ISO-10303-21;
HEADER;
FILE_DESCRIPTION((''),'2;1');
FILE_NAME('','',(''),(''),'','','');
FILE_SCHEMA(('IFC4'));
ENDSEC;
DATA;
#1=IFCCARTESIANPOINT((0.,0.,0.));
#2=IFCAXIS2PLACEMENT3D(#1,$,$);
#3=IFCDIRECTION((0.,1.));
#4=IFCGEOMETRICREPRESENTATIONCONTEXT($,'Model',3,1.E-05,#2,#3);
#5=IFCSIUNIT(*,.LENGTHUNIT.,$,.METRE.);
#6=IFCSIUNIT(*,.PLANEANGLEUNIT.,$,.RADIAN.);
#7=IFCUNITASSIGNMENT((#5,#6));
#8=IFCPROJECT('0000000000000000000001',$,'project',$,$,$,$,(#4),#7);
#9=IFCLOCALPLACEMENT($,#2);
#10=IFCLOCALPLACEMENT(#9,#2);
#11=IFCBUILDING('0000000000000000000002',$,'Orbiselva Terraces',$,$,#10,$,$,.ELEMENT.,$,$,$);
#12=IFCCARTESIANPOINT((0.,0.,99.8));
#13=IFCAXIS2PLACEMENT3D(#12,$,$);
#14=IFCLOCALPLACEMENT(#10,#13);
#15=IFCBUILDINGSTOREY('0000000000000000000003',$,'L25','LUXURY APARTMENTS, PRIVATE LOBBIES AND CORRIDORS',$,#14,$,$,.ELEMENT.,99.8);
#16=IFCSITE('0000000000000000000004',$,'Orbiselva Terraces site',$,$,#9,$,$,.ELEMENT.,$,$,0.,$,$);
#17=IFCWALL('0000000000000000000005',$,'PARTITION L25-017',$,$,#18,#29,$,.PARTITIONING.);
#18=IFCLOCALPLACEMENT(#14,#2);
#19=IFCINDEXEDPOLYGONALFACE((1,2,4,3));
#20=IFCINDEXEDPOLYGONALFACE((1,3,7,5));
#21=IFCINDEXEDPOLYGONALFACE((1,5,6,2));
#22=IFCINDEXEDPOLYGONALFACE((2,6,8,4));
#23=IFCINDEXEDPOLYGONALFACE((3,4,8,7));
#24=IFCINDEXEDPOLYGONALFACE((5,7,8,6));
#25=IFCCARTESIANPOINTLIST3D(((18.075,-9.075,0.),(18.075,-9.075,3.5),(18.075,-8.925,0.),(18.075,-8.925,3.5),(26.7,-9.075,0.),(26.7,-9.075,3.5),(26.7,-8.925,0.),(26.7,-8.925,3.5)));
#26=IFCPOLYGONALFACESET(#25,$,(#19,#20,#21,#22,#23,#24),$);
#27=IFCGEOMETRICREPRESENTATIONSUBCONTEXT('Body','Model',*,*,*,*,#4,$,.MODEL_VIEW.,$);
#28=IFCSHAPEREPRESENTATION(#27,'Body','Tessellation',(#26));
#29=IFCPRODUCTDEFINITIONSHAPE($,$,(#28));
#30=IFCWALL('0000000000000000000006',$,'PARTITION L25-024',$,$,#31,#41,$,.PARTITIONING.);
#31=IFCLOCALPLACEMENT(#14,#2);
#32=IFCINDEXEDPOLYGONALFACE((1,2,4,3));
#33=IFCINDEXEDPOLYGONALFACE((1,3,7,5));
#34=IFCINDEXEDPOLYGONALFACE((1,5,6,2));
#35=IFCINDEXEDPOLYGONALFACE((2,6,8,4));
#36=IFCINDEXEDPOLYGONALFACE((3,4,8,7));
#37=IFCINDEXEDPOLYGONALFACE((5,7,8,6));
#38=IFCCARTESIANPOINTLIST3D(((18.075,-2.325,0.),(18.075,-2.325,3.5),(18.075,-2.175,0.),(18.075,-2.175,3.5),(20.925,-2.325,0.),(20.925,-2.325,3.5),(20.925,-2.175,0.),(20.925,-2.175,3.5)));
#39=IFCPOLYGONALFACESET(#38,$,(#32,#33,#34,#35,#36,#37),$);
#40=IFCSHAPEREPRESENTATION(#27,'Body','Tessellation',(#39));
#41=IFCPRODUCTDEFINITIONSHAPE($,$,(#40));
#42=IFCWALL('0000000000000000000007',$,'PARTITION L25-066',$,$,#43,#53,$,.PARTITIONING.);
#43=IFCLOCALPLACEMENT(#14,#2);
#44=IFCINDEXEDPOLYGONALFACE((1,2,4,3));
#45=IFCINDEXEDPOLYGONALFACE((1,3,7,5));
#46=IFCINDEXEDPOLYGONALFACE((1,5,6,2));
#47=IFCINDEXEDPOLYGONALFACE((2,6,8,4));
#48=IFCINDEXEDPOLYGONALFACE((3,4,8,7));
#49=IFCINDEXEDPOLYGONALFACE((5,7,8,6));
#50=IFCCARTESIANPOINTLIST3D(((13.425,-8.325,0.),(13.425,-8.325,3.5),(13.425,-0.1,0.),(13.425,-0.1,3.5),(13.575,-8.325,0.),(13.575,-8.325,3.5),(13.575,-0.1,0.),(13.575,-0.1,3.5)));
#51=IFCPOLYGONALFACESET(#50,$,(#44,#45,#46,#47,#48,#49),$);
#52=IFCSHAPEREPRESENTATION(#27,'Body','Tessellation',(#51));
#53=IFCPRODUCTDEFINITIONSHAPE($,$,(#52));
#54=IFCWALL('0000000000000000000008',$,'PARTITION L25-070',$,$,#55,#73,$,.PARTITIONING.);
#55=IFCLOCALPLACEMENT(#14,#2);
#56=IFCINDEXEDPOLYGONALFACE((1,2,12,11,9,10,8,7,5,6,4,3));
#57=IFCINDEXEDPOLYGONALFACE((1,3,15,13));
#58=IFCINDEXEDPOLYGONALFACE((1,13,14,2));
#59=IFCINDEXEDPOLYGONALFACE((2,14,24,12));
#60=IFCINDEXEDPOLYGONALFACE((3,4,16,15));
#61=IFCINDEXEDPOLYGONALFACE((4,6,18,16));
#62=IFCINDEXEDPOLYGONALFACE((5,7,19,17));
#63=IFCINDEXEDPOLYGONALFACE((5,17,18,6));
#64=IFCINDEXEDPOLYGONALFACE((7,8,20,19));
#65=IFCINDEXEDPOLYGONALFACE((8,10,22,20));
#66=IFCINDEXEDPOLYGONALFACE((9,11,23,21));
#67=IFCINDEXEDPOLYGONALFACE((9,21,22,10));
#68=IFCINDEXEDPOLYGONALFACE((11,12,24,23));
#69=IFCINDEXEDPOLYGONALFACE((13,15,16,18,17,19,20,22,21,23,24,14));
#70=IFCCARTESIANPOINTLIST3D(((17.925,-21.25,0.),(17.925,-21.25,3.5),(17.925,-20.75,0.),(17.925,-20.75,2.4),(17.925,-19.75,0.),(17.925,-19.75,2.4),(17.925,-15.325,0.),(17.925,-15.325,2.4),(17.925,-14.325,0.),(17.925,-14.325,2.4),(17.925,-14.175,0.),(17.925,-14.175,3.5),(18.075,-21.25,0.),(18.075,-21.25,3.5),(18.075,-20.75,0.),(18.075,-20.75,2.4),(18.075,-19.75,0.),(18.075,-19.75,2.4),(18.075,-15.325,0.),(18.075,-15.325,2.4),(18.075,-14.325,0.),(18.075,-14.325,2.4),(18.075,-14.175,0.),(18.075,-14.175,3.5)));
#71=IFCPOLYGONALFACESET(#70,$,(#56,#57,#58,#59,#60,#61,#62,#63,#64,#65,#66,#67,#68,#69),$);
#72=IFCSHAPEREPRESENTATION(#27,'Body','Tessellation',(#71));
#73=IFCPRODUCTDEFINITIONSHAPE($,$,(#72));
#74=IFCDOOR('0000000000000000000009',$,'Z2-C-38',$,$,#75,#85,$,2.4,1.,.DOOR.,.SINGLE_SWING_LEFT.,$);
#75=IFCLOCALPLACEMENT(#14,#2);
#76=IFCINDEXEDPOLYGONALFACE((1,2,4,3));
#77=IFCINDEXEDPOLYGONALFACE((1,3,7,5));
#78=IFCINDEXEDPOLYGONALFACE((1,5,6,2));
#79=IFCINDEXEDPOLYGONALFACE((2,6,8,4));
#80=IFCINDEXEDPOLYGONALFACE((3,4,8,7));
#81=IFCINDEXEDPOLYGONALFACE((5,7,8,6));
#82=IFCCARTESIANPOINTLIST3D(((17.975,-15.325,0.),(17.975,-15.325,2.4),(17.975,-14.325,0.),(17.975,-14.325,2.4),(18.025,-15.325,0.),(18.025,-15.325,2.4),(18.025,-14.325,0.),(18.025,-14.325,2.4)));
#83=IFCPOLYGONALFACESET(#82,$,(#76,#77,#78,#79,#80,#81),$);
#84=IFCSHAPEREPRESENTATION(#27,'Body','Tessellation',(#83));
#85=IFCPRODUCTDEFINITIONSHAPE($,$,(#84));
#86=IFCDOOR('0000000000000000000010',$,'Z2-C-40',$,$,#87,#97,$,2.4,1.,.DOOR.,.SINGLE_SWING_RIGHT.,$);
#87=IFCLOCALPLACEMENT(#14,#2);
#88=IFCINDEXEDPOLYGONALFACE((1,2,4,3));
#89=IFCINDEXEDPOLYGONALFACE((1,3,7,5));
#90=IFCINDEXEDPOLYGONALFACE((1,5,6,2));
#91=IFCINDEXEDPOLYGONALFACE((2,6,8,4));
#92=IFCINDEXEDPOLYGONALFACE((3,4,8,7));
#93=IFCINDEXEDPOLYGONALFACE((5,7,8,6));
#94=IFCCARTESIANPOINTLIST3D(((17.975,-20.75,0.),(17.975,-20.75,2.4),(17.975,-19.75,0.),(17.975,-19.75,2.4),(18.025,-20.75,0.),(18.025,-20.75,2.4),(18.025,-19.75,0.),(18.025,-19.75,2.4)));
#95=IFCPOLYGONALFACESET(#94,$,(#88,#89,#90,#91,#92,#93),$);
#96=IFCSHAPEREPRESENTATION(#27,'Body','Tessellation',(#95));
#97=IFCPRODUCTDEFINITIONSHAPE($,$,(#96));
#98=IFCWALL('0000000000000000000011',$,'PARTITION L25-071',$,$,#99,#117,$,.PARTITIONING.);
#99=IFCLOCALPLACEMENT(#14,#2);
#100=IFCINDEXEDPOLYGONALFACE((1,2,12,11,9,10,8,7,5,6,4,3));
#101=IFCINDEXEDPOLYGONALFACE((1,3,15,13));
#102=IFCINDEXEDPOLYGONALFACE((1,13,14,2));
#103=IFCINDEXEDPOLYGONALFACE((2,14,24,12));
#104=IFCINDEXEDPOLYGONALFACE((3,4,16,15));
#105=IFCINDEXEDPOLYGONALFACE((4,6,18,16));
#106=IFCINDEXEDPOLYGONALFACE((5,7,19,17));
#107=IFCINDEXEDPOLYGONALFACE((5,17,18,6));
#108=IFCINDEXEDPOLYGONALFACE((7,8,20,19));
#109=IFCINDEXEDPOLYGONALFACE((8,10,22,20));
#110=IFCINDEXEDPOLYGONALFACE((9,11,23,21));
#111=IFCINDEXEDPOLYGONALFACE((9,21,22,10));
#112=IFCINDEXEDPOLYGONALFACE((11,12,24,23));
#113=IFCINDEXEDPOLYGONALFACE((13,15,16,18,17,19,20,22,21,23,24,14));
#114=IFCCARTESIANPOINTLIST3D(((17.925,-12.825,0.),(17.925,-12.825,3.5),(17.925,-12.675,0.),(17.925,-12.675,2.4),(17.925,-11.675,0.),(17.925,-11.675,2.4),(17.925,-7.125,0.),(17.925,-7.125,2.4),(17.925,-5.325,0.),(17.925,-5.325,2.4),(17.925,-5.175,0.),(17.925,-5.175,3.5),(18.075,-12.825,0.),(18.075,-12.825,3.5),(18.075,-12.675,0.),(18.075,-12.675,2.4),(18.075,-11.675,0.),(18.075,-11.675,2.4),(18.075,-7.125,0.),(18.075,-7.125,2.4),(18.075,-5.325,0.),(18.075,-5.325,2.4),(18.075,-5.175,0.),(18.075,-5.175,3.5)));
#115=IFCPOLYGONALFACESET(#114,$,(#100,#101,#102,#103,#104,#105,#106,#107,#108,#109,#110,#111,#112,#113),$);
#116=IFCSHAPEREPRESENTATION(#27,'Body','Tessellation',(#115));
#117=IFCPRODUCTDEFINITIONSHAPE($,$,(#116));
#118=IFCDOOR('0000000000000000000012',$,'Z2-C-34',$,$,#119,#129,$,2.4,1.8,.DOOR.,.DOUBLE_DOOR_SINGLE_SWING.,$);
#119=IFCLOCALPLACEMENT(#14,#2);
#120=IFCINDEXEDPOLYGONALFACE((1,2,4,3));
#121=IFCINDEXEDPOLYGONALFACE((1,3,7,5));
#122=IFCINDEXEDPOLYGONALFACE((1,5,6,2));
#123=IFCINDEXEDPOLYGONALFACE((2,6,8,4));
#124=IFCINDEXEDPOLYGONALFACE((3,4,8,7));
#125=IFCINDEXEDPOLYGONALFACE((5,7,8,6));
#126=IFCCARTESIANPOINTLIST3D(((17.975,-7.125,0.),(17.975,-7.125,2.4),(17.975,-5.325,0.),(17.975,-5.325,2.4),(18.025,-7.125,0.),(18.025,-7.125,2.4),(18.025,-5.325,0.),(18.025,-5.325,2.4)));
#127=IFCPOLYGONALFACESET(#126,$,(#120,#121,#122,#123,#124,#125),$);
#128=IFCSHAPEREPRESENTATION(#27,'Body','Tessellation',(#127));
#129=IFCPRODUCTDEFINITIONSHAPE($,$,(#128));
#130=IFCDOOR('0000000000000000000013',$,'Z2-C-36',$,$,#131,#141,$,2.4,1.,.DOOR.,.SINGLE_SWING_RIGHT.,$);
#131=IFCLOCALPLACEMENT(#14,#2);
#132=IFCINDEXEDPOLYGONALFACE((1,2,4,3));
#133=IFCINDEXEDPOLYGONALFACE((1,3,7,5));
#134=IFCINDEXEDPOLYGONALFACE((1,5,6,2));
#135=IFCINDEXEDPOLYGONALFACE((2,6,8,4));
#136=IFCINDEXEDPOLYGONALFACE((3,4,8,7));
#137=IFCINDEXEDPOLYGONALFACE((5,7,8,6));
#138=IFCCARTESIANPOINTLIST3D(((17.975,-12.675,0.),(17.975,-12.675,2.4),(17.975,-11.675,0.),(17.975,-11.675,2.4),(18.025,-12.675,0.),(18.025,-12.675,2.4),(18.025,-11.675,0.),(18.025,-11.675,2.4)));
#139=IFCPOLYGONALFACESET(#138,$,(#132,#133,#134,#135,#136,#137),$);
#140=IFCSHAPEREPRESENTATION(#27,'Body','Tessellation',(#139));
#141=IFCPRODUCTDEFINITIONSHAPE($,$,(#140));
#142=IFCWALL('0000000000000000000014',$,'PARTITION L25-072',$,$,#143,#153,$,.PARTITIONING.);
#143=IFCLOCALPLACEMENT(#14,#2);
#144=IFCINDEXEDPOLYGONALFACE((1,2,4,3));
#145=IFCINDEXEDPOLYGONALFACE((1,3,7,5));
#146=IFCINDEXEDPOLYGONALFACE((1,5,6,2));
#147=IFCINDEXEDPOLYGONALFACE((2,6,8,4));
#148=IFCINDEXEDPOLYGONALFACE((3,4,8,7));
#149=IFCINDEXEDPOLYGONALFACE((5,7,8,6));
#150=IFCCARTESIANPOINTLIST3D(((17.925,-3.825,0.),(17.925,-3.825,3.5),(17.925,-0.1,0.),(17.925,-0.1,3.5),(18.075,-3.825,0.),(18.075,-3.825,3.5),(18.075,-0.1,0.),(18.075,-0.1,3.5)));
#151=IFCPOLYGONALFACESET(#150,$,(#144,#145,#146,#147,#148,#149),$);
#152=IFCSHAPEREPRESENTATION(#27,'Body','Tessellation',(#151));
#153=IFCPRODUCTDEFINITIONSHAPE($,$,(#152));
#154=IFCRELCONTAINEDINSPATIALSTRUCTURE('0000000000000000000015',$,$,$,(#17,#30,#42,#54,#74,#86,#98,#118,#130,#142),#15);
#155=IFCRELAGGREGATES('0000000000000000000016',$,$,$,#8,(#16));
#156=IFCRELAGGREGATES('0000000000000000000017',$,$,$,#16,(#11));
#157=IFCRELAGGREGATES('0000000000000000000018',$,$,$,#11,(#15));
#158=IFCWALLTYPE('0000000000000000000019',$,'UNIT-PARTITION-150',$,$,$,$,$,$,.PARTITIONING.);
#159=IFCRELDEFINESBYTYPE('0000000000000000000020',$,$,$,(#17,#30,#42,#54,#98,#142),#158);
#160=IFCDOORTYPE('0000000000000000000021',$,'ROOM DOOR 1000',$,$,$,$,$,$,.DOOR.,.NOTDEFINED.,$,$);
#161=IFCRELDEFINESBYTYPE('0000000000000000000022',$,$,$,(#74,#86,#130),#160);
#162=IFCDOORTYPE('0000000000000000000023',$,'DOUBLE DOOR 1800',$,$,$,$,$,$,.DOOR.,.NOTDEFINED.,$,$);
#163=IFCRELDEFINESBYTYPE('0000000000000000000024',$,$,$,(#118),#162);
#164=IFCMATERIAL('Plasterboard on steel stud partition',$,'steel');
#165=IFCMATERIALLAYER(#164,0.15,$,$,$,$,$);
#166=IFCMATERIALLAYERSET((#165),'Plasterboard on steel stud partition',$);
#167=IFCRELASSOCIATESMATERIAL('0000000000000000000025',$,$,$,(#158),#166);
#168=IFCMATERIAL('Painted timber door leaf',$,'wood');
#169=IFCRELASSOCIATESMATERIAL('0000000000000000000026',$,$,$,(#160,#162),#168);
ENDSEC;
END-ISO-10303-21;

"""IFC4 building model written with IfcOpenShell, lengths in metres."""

from ifc_helpers import new_model, si_unit, direction, frame, frame_2d, origin, place, context, subcontext, project, spatial, rectangle, extrude, material, layer, layer_set, type_object, element, fill, save


model = new_model("IFC4")

# Units and contexts
model_context = context("Model", 3, precision=1e-05, world=origin(), true_north=direction((0.0, 1.0)))
body_context = subcontext(model_context, "Body", "Model", "MODEL_VIEW")
ifc_project = project(units=[si_unit("LENGTHUNIT", "METRE"), si_unit("PLANEANGLEUNIT", "RADIAN")], contexts=[model_context])

# Site, building, storey
site_placement = place(None, origin())
site = spatial("IfcSite", under=ifc_project, at=site_placement, Name="Orbiselva Terraces site", CompositionType="ELEMENT", RefElevation=0.0)
building_placement = place(site_placement, origin())
building = spatial("IfcBuilding", under=site, at=building_placement, Name="Orbiselva Terraces", CompositionType="ELEMENT")
storey_placement = place(building_placement, frame((0.0, 0.0, 99.8)))
storey = spatial("IfcBuildingStorey", under=building, at=storey_placement, Name="L25", Description="LUXURY APARTMENTS, PRIVATE LOBBIES AND CORRIDORS", CompositionType="ELEMENT", Elevation=99.8)

# Walls
ifc_material_1 = material(Name="Plasterboard on steel stud partition", Category="steel")
ifc_layer_1 = layer(ifc_material_1, 0.15)
ifc_layer_set_1 = layer_set([ifc_layer_1], Name="Plasterboard on steel stud partition")
wall_type_1 = type_object("IfcWallType", Name="UNIT-PARTITION-150", PredefinedType="PARTITIONING", material=ifc_layer_set_1)
wall_1_placement = place(storey_placement, frame((18.075, -9.0, 0.0), z_axis=(0.0, 0.0, 1.0), x_axis=(1.0, 0.0, 0.0)))
element("IfcWall", 1, at=wall_1_placement, inside=storey, type_object=wall_type_1, Name="PARTITION L25-017", PredefinedType="PARTITIONING", context=body_context, shape_type="SweptSolid", body=[
    extrude(rectangle(XDim=8.625, YDim=0.15, at=frame_2d((4.3125, 0.0))), origin(), (0.0, 0.0, 1.0), 3.5),
])
wall_2_placement = place(storey_placement, frame((18.075, -2.25, 0.0), z_axis=(0.0, 0.0, 1.0), x_axis=(1.0, 0.0, 0.0)))
element("IfcWall", 2, at=wall_2_placement, inside=storey, type_object=wall_type_1, Name="PARTITION L25-024", PredefinedType="PARTITIONING", context=body_context, shape_type="SweptSolid", body=[
    extrude(rectangle(XDim=2.85, YDim=0.15, at=frame_2d((1.425, 0.0))), origin(), (0.0, 0.0, 1.0), 3.5),
])
wall_3_placement = place(storey_placement, frame((13.5, -8.325, 0.0), z_axis=(0.0, 0.0, 1.0), x_axis=(0.0, 1.0, 0.0)))
element("IfcWall", 3, at=wall_3_placement, inside=storey, type_object=wall_type_1, Name="PARTITION L25-066", PredefinedType="PARTITIONING", context=body_context, shape_type="SweptSolid", body=[
    extrude(rectangle(XDim=8.225, YDim=0.15, at=frame_2d((4.1125, 0.0))), origin(), (0.0, 0.0, 1.0), 3.5),
])

# Walls, openings, doors
wall_4_placement = place(storey_placement, frame((18.0, -14.175, 0.0), z_axis=(0.0, 0.0, 1.0), x_axis=(0.0, -1.0, 0.0)))
wall_4 = element("IfcWall", 4, at=wall_4_placement, inside=storey, type_object=wall_type_1, Name="PARTITION L25-070", PredefinedType="PARTITIONING", context=body_context, shape_type="SweptSolid", body=[
    extrude(rectangle(XDim=7.075, YDim=0.15, at=frame_2d((3.5375, 0.0))), origin(), (0.0, 0.0, 1.0), 3.5),
])
opening_1_placement = place(wall_4_placement, frame((0.15, 0.0, 0.0)))
opening_1 = element("IfcOpeningElement", 5, at=opening_1_placement, cuts=wall_4, PredefinedType="OPENING", context=body_context, shape_type="SweptSolid", body=[
    extrude(rectangle(XDim=1.0, YDim=2.4, at=frame_2d((0.5, 1.2))), frame((0.0, 0.085, 0.0), z_axis=(0.0, -1.0, 0.0), x_axis=(1.0, 0.0, 0.0)), (0.0, 0.0, 1.0), 0.17),
])
opening_2_placement = place(wall_4_placement, frame((5.575, 0.0, 0.0)))
opening_2 = element("IfcOpeningElement", 6, at=opening_2_placement, cuts=wall_4, PredefinedType="OPENING", context=body_context, shape_type="SweptSolid", body=[
    extrude(rectangle(XDim=1.0, YDim=2.4, at=frame_2d((0.5, 1.2))), frame((0.0, 0.085, 0.0), z_axis=(0.0, -1.0, 0.0), x_axis=(1.0, 0.0, 0.0)), (0.0, 0.0, 1.0), 0.17),
])
ifc_material_2 = material(Name="Painted timber door leaf", Category="wood")
door_type_1 = type_object("IfcDoorType", Name="ROOM DOOR 1000", OperationType="NOTDEFINED", PredefinedType="DOOR", material=ifc_material_2)
door_1_placement = place(opening_1_placement, origin())
door_1 = element("IfcDoor", 7, at=door_1_placement, inside=storey, type_object=door_type_1, Name="Z2-C-38", OperationType="SINGLE_SWING_LEFT", OverallHeight=2.4, OverallWidth=1.0, PredefinedType="DOOR", context=body_context, shape_type="SweptSolid", body=[
    extrude(rectangle(XDim=1.0, YDim=2.4, at=frame_2d((0.5, 1.2))), frame((0.0, 0.025, 0.0), z_axis=(0.0, -1.0, 0.0), x_axis=(1.0, 0.0, 0.0)), (0.0, 0.0, 1.0), 0.05),
])
fill(opening_1, door_1)
door_2_placement = place(opening_2_placement, origin())
door_2 = element("IfcDoor", 8, at=door_2_placement, inside=storey, type_object=door_type_1, Name="Z2-C-40", OperationType="SINGLE_SWING_RIGHT", OverallHeight=2.4, OverallWidth=1.0, PredefinedType="DOOR", context=body_context, shape_type="SweptSolid", body=[
    extrude(rectangle(XDim=1.0, YDim=2.4, at=frame_2d((0.5, 1.2))), frame((0.0, 0.025, 0.0), z_axis=(0.0, -1.0, 0.0), x_axis=(1.0, 0.0, 0.0)), (0.0, 0.0, 1.0), 0.05),
])
fill(opening_2, door_2)
wall_5_placement = place(storey_placement, frame((18.0, -5.175, 0.0), z_axis=(0.0, 0.0, 1.0), x_axis=(0.0, -1.0, 0.0)))
wall_5 = element("IfcWall", 9, at=wall_5_placement, inside=storey, type_object=wall_type_1, Name="PARTITION L25-071", PredefinedType="PARTITIONING", context=body_context, shape_type="SweptSolid", body=[
    extrude(rectangle(XDim=7.65, YDim=0.15, at=frame_2d((3.825, 0.0))), origin(), (0.0, 0.0, 1.0), 3.5),
])
opening_3_placement = place(wall_5_placement, frame((0.15, 0.0, 0.0)))
opening_3 = element("IfcOpeningElement", 10, at=opening_3_placement, cuts=wall_5, PredefinedType="OPENING", context=body_context, shape_type="SweptSolid", body=[
    extrude(rectangle(XDim=1.8, YDim=2.4, at=frame_2d((0.9, 1.2))), frame((0.0, 0.085, 0.0), z_axis=(0.0, -1.0, 0.0), x_axis=(1.0, 0.0, 0.0)), (0.0, 0.0, 1.0), 0.17),
])
opening_4_placement = place(wall_5_placement, frame((6.5, 0.0, 0.0)))
opening_4 = element("IfcOpeningElement", 11, at=opening_4_placement, cuts=wall_5, PredefinedType="OPENING", context=body_context, shape_type="SweptSolid", body=[
    extrude(rectangle(XDim=1.0, YDim=2.4, at=frame_2d((0.5, 1.2))), frame((0.0, 0.085, 0.0), z_axis=(0.0, -1.0, 0.0), x_axis=(1.0, 0.0, 0.0)), (0.0, 0.0, 1.0), 0.17),
])
door_type_2 = type_object("IfcDoorType", Name="DOUBLE DOOR 1800", OperationType="NOTDEFINED", PredefinedType="DOOR", material=ifc_material_2)
door_3_placement = place(opening_3_placement, origin())
door_3 = element("IfcDoor", 12, at=door_3_placement, inside=storey, type_object=door_type_2, Name="Z2-C-34", OperationType="DOUBLE_DOOR_SINGLE_SWING", OverallHeight=2.4, OverallWidth=1.8, PredefinedType="DOOR", context=body_context, shape_type="SweptSolid", body=[
    extrude(rectangle(XDim=1.8, YDim=2.4, at=frame_2d((0.9, 1.2))), frame((0.0, 0.025, 0.0), z_axis=(0.0, -1.0, 0.0), x_axis=(1.0, 0.0, 0.0)), (0.0, 0.0, 1.0), 0.05),
])
fill(opening_3, door_3)
door_4_placement = place(opening_4_placement, origin())
door_4 = element("IfcDoor", 13, at=door_4_placement, inside=storey, type_object=door_type_1, Name="Z2-C-36", OperationType="SINGLE_SWING_RIGHT", OverallHeight=2.4, OverallWidth=1.0, PredefinedType="DOOR", context=body_context, shape_type="SweptSolid", body=[
    extrude(rectangle(XDim=1.0, YDim=2.4, at=frame_2d((0.5, 1.2))), frame((0.0, 0.025, 0.0), z_axis=(0.0, -1.0, 0.0), x_axis=(1.0, 0.0, 0.0)), (0.0, 0.0, 1.0), 0.05),
])
fill(opening_4, door_4)

# Wall
wall_6_placement = place(storey_placement, frame((18.0, -3.825, 0.0), z_axis=(0.0, 0.0, 1.0), x_axis=(0.0, 1.0, 0.0)))
element("IfcWall", 14, at=wall_6_placement, inside=storey, type_object=wall_type_1, Name="PARTITION L25-072", PredefinedType="PARTITIONING", context=body_context, shape_type="SweptSolid", body=[
    extrude(rectangle(XDim=3.725, YDim=0.15, at=frame_2d((1.8625, 0.0))), origin(), (0.0, 0.0, 1.0), 3.5),
])

save(model, "model.ifc")
